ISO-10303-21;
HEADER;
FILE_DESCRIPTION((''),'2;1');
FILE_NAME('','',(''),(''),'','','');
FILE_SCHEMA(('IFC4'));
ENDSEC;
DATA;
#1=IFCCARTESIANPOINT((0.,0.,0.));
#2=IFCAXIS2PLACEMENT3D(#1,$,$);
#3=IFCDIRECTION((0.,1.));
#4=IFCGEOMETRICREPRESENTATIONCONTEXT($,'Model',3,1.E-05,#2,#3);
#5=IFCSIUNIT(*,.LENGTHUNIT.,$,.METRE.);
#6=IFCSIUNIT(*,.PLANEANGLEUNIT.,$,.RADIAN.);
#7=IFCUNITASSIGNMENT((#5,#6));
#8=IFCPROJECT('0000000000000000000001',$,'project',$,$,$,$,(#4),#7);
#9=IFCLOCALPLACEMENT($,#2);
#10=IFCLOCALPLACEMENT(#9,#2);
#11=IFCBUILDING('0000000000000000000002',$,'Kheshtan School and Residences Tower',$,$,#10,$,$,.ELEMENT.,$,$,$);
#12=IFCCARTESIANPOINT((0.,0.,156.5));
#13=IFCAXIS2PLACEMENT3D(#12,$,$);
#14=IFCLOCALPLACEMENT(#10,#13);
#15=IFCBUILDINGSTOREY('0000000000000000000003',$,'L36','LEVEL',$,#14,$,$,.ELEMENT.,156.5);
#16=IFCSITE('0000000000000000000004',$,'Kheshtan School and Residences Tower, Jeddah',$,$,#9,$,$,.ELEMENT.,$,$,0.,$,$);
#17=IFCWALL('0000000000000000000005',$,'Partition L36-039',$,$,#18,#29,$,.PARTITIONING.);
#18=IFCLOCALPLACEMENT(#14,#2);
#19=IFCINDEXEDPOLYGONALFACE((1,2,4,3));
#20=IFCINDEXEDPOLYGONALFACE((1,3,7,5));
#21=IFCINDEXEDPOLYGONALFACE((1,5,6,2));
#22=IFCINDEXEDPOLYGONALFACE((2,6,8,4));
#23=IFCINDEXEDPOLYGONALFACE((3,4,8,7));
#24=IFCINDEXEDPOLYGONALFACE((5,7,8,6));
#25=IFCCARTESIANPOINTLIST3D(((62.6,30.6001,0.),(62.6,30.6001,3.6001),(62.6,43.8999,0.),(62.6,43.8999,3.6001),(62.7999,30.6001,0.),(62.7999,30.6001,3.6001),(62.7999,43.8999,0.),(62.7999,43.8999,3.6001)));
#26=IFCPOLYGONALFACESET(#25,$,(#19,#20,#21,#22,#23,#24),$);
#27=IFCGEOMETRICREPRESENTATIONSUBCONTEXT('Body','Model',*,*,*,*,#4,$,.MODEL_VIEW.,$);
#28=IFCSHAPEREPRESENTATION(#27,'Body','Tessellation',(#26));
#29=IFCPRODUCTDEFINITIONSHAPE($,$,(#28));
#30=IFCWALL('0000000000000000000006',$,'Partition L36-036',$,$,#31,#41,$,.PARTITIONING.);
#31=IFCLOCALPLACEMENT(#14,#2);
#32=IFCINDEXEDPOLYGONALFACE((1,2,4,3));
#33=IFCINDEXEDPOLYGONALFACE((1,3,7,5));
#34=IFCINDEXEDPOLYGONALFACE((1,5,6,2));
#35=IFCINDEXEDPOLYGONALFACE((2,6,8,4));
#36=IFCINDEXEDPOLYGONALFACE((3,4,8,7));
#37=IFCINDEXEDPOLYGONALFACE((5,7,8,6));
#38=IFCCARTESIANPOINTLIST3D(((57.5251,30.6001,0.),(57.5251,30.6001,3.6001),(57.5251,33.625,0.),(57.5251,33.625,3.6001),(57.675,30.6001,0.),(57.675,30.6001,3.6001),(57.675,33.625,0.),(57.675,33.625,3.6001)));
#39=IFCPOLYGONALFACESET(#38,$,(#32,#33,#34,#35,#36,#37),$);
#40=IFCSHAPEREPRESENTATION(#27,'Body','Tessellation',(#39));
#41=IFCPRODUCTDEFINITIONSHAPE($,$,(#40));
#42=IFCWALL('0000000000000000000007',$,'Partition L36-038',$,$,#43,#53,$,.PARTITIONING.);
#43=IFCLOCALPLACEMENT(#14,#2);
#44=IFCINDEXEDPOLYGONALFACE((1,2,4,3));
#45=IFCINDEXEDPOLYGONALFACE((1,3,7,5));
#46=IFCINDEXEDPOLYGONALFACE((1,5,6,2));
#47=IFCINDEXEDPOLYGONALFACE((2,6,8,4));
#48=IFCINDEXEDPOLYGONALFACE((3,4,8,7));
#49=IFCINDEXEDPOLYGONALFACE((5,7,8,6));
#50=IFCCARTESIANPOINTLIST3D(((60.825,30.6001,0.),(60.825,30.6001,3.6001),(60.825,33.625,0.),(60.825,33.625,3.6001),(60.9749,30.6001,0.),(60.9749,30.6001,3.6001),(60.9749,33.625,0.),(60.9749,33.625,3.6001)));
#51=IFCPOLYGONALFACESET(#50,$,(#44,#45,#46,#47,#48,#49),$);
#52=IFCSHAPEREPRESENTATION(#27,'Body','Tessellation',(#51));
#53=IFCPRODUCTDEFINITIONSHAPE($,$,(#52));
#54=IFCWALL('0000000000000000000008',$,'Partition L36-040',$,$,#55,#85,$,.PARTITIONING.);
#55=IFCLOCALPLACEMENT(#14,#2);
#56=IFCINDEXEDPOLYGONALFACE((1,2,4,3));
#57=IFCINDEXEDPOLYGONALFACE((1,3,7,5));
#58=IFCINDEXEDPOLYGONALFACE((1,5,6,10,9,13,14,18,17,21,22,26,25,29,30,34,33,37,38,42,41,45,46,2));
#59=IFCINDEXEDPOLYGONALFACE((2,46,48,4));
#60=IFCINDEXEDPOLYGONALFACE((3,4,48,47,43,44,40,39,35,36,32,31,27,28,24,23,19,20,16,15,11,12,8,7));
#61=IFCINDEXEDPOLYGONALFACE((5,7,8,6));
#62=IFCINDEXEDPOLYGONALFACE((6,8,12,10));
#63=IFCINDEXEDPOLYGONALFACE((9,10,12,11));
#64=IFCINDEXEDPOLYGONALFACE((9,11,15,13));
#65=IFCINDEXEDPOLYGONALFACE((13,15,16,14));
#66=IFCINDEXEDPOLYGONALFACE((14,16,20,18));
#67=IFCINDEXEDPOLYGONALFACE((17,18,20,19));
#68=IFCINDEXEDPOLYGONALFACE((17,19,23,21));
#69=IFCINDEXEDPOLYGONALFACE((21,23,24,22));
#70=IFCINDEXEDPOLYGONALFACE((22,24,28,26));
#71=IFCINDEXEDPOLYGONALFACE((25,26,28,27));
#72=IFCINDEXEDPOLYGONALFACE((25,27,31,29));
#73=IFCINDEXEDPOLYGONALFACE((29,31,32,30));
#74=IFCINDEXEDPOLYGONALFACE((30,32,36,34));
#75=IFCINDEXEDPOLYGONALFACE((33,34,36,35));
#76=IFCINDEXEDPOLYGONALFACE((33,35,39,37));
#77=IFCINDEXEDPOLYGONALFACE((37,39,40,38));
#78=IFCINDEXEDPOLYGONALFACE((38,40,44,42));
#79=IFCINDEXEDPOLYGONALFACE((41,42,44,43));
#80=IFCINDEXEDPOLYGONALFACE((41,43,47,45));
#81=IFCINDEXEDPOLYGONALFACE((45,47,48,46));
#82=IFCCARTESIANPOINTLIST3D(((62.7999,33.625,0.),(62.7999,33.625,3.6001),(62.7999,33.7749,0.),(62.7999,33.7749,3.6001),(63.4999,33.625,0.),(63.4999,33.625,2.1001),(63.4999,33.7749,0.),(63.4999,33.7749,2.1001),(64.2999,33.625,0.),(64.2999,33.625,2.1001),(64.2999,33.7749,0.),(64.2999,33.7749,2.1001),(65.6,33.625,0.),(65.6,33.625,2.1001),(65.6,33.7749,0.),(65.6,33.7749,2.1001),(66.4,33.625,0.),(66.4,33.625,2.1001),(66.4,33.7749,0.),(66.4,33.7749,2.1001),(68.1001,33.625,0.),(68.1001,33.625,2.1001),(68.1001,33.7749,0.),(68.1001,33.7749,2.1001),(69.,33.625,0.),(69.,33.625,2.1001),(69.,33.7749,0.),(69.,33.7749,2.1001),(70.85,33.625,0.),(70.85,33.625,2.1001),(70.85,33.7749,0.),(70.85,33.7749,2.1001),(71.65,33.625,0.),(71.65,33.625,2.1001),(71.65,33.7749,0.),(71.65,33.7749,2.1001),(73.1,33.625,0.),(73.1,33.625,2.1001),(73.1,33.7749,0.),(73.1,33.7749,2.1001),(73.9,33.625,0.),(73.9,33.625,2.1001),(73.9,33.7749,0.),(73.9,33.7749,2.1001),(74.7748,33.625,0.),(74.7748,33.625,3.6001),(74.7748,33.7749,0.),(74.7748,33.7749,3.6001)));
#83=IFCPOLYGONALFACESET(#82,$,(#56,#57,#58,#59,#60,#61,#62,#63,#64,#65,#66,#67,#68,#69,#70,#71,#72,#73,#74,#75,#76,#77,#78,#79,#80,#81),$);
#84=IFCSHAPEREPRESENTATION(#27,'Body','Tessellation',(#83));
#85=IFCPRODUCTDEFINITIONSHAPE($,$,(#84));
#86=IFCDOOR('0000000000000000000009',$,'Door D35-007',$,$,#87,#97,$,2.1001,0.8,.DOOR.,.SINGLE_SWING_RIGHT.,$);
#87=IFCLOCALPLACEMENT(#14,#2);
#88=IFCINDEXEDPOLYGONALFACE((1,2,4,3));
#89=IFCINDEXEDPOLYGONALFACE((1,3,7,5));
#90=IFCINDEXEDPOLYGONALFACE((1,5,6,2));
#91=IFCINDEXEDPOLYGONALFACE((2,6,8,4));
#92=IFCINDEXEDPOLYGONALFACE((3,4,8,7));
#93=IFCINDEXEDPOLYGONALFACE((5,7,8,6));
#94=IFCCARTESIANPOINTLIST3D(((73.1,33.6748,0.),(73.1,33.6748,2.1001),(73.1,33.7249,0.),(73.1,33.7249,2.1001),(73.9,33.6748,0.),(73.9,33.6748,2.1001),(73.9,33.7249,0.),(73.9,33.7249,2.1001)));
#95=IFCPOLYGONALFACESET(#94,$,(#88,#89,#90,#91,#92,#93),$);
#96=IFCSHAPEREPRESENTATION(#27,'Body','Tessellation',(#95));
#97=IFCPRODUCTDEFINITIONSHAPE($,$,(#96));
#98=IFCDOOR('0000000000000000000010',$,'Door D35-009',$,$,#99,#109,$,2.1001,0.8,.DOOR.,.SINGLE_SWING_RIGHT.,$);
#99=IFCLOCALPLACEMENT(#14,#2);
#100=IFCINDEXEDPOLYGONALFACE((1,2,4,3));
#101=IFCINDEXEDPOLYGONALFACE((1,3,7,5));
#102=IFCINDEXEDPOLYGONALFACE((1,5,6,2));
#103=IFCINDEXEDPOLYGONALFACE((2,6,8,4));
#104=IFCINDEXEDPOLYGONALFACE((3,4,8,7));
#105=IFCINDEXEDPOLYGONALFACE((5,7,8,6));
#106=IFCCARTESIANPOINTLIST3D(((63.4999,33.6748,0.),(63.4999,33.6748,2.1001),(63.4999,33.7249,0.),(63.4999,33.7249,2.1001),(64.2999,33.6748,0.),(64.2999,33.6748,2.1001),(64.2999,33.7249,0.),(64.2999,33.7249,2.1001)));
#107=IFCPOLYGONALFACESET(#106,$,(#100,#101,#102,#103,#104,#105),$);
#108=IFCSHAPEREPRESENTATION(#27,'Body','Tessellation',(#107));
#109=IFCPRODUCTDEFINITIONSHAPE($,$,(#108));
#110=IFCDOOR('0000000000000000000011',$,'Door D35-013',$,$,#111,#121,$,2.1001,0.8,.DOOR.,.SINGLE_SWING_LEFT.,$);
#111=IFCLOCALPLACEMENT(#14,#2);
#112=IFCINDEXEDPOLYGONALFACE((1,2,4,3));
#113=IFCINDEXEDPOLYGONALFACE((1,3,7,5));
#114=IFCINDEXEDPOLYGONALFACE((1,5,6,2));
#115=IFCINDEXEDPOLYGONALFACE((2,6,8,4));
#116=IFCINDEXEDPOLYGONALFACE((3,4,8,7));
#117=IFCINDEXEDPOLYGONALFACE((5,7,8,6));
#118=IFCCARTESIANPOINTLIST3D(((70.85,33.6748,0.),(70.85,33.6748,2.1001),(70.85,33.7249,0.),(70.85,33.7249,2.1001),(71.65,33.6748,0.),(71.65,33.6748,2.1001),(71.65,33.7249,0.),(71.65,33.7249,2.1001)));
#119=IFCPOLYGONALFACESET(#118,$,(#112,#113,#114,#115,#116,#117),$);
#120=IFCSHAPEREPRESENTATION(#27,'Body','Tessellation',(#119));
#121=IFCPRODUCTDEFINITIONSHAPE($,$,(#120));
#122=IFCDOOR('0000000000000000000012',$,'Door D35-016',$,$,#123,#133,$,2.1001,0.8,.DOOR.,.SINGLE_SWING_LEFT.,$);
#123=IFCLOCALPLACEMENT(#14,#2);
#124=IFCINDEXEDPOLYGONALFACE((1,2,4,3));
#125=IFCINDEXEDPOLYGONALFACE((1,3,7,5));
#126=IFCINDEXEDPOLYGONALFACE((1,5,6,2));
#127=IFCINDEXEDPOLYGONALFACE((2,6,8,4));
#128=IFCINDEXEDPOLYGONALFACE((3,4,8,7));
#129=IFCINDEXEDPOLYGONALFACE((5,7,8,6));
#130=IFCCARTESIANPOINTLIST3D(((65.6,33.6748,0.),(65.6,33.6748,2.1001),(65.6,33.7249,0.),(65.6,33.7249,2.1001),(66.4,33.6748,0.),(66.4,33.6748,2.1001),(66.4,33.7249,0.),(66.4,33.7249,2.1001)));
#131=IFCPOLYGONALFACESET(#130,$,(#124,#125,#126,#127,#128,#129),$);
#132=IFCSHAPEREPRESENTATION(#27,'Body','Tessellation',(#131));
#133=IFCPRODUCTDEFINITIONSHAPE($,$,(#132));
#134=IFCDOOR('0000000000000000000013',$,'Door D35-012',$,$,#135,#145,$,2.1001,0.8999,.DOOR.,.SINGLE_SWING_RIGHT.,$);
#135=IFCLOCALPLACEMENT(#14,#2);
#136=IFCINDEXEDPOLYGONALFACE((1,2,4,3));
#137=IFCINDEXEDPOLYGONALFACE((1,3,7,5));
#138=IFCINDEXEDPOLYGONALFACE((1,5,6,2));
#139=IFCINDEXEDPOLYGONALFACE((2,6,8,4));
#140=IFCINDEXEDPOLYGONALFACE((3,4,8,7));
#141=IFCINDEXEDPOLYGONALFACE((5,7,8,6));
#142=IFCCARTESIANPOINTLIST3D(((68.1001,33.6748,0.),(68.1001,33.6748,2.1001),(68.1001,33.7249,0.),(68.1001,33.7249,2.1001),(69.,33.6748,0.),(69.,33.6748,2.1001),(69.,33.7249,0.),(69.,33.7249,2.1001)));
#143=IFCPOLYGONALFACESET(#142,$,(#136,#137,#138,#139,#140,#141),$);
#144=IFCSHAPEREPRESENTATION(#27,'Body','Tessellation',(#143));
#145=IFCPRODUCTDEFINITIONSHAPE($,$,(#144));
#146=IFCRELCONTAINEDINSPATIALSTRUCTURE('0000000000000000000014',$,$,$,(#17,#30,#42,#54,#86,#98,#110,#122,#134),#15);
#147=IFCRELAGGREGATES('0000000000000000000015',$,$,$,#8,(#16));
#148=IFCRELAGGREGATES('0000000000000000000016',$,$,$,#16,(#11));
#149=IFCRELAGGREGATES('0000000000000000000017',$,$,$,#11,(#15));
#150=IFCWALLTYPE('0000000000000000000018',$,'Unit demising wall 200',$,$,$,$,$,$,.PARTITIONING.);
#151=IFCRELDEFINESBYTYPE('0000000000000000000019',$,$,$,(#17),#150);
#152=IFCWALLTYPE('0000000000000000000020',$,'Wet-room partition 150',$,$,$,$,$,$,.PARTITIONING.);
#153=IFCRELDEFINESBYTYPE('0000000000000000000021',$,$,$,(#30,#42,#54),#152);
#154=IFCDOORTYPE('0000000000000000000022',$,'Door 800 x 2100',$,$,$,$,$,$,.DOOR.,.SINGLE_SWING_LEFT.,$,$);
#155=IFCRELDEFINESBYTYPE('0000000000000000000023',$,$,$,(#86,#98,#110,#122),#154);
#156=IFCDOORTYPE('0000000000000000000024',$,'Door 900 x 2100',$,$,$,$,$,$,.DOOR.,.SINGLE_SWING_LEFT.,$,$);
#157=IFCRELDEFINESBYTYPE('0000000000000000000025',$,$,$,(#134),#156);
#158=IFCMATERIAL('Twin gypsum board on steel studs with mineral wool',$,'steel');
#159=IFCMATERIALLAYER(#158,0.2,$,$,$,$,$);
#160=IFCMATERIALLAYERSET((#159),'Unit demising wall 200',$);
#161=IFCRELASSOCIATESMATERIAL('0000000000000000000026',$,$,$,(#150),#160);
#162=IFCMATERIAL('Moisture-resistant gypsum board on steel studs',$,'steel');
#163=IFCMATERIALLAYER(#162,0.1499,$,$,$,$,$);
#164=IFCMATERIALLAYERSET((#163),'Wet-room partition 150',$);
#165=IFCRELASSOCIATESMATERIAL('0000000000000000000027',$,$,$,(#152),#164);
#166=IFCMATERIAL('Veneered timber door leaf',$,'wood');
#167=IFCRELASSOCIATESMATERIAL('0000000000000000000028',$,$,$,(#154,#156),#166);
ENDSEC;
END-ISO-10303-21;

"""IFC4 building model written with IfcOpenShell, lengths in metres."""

from ifc_helpers import new_model, si_unit, direction, frame, frame_2d, origin, place, context, subcontext, project, spatial, rectangle, extrude, source, transform, mapped, material, layer, layer_set, type_object, element, fill, save


model = new_model("IFC4")

# Units and contexts
model_context = context("Model", 3, precision=1e-05, world=origin(), true_north=direction((0.0, 1.0)))
body_context = subcontext(model_context, "Body", "Model", "MODEL_VIEW")
ifc_project = project(units=[si_unit("LENGTHUNIT", "METRE"), si_unit("PLANEANGLEUNIT", "RADIAN")], contexts=[model_context])

# Site, building, storey
site_placement = place(None, origin())
site = spatial("IfcSite", under=ifc_project, at=site_placement, Name="Kheshtan School and Residences Tower, Jeddah", CompositionType="ELEMENT", RefElevation=0.0)
building_placement = place(site_placement, origin())
building = spatial("IfcBuilding", under=site, at=building_placement, Name="Kheshtan School and Residences Tower", CompositionType="ELEMENT")
storey_placement = place(building_placement, frame((0.0, 0.0, 156.5)))
storey = spatial("IfcBuildingStorey", under=building, at=storey_placement, Name="L36", Description="LEVEL", CompositionType="ELEMENT", Elevation=156.5)

# Walls
ifc_material_1 = material(Name="Twin gypsum board on steel studs with mineral wool", Category="steel")
ifc_layer_1 = layer(ifc_material_1, 0.2)
ifc_layer_set_1 = layer_set([ifc_layer_1], Name="Unit demising wall 200")
wall_type_1 = type_object("IfcWallType", Name="Unit demising wall 200", PredefinedType="PARTITIONING", material=ifc_layer_set_1)
wall_1_placement = place(storey_placement, frame((62.7, 30.6001, 0.0), z_axis=(0.0, 0.0, 1.0), x_axis=(0.0, 1.0, 0.0)))
element("IfcWall", 1, at=wall_1_placement, inside=storey, type_object=wall_type_1, Name="Partition L36-039", PredefinedType="PARTITIONING", context=body_context, shape_type="SweptSolid", body=[
    extrude(rectangle(XDim=13.2998, YDim=0.2, at=frame_2d((6.6499, 0.0))), origin(), (0.0, 0.0, 1.0), 3.6001),
])
ifc_material_2 = material(Name="Moisture-resistant gypsum board on steel studs", Category="steel")
ifc_layer_2 = layer(ifc_material_2, 0.1499)
ifc_layer_set_2 = layer_set([ifc_layer_2], Name="Wet-room partition 150")
wall_type_2 = type_object("IfcWallType", Name="Wet-room partition 150", PredefinedType="PARTITIONING", material=ifc_layer_set_2)
for number, where, z_axis, x_axis, name in (
    (2, (57.6001, 30.6001, 0.0), (0.0, 0.0, 1.0), (0.0, 1.0, 0.0), "Partition L36-036"),
    (3, (60.8999, 30.6001, 0.0), (0.0, 0.0, 1.0), (0.0, 1.0, 0.0), "Partition L36-038"),
):
    element("IfcWall", number, at=place(storey_placement, frame(where, z_axis=z_axis, x_axis=x_axis)), inside=storey, type_object=wall_type_2, Name=name, PredefinedType="PARTITIONING", context=body_context, shape_type="SweptSolid", body=[
        extrude(rectangle(XDim=3.0249, YDim=0.1499, at=frame_2d((1.5125, 0.0))), origin(), (0.0, 0.0, 1.0), 3.6001),
    ])

# Wall, openings, doors
wall_2_placement = place(storey_placement, frame((62.8, 33.7, 0.0), z_axis=(0.0, 0.0, 1.0), x_axis=(1.0, 0.0, 0.0)))
wall_2 = element("IfcWall", 4, at=wall_2_placement, inside=storey, type_object=wall_type_2, Name="Partition L36-040", PredefinedType="PARTITIONING", context=body_context, shape_type="SweptSolid", body=[
    extrude(rectangle(XDim=11.9749, YDim=0.1499, at=frame_2d((5.9873, 0.0))), origin(), (0.0, 0.0, 1.0), 3.6001),
])
opening_1_placement = place(wall_2_placement, frame((10.3, 0.0, 0.0)))
opening_1 = element("IfcOpeningElement", 5, at=opening_1_placement, cuts=wall_2, PredefinedType="OPENING", context=body_context, shape_type="SweptSolid", body=[
    extrude(rectangle(XDim=0.8, YDim=2.1001, at=frame_2d((0.3999, 1.05))), frame((0.0, 0.085, 0.0), z_axis=(0.0, -1.0, 0.0), x_axis=(1.0, 0.0, 0.0)), (0.0, 0.0, 1.0), 0.1699),
])
opening_2_placement = place(wall_2_placement, frame((0.7, 0.0, 0.0)))
opening_2 = element("IfcOpeningElement", 6, at=opening_2_placement, cuts=wall_2, PredefinedType="OPENING", context=body_context, shape_type="SweptSolid", body=[
    extrude(rectangle(XDim=0.8, YDim=2.1001, at=frame_2d((0.3999, 1.05))), frame((0.0, 0.085, 0.0), z_axis=(0.0, -1.0, 0.0), x_axis=(1.0, 0.0, 0.0)), (0.0, 0.0, 1.0), 0.1699),
])
opening_3_placement = place(wall_2_placement, frame((5.3, 0.0, 0.0)))
opening_3 = element("IfcOpeningElement", 7, at=opening_3_placement, cuts=wall_2, PredefinedType="OPENING", context=body_context, shape_type="SweptSolid", body=[
    extrude(rectangle(XDim=0.8999, YDim=2.1001, at=frame_2d((0.45, 1.05))), frame((0.0, 0.085, 0.0), z_axis=(0.0, -1.0, 0.0), x_axis=(1.0, 0.0, 0.0)), (0.0, 0.0, 1.0), 0.1699),
])
opening_4_placement = place(wall_2_placement, frame((8.05, 0.0, 0.0)))
opening_4 = element("IfcOpeningElement", 8, at=opening_4_placement, cuts=wall_2, PredefinedType="OPENING", context=body_context, shape_type="SweptSolid", body=[
    extrude(rectangle(XDim=0.8, YDim=2.1001, at=frame_2d((0.3999, 1.05))), frame((0.0, 0.085, 0.0), z_axis=(0.0, -1.0, 0.0), x_axis=(1.0, 0.0, 0.0)), (0.0, 0.0, 1.0), 0.1699),
])
opening_5_placement = place(wall_2_placement, frame((2.8, 0.0, 0.0)))
opening_5 = element("IfcOpeningElement", 9, at=opening_5_placement, cuts=wall_2, PredefinedType="OPENING", context=body_context, shape_type="SweptSolid", body=[
    extrude(rectangle(XDim=0.8, YDim=2.1001, at=frame_2d((0.3999, 1.05))), frame((0.0, 0.085, 0.0), z_axis=(0.0, -1.0, 0.0), x_axis=(1.0, 0.0, 0.0)), (0.0, 0.0, 1.0), 0.1699),
])
ifc_material_3 = material(Name="Veneered timber door leaf", Category="wood")
door_type_1 = type_object("IfcDoorType", Name="Door 800 x 2100", OperationType="SINGLE_SWING_LEFT", PredefinedType="DOOR", material=ifc_material_3)
shared_shape_1 = source(origin(), body_context, "Body", "SweptSolid", [
    extrude(rectangle(XDim=0.8, YDim=2.1001, at=frame_2d((0.3999, 1.05))), frame((0.0, 0.0249, 0.0), z_axis=(0.0, -1.0, 0.0), x_axis=(1.0, 0.0, 0.0)), (0.0, 0.0, 1.0), 0.05),
])
door_1_placement = place(opening_1_placement, origin())
door_1 = element("IfcDoor", 10, at=door_1_placement, inside=storey, type_object=door_type_1, Name="Door D35-007", OperationType="SINGLE_SWING_RIGHT", OverallHeight=2.1001, OverallWidth=0.8, PredefinedType="DOOR", context=body_context, shape_type="MappedRepresentation", body=[
    mapped(shared_shape_1, transform((0.0, 0.0, 0.0), x_axis=(1.0, 0.0, 0.0), y_axis=(0.0, 1.0, 0.0), z_axis=(0.0, 0.0, 1.0), scale=1.0)),
])
fill(opening_1, door_1)
door_2_placement = place(opening_2_placement, origin())
door_2 = element("IfcDoor", 11, at=door_2_placement, inside=storey, type_object=door_type_1, Name="Door D35-009", OperationType="SINGLE_SWING_RIGHT", OverallHeight=2.1001, OverallWidth=0.8, PredefinedType="DOOR", context=body_context, shape_type="MappedRepresentation", body=[
    mapped(shared_shape_1, transform((0.0, 0.0, 0.0), x_axis=(1.0, 0.0, 0.0), y_axis=(0.0, 1.0, 0.0), z_axis=(0.0, 0.0, 1.0), scale=1.0)),
])
fill(opening_2, door_2)
door_3_placement = place(opening_4_placement, origin())
door_3 = element("IfcDoor", 12, at=door_3_placement, inside=storey, type_object=door_type_1, Name="Door D35-013", OperationType="SINGLE_SWING_LEFT", OverallHeight=2.1001, OverallWidth=0.8, PredefinedType="DOOR", context=body_context, shape_type="MappedRepresentation", body=[
    mapped(shared_shape_1, transform((0.0, 0.0, 0.0), x_axis=(1.0, 0.0, 0.0), y_axis=(0.0, 1.0, 0.0), z_axis=(0.0, 0.0, 1.0), scale=1.0)),
])
fill(opening_4, door_3)
door_4_placement = place(opening_5_placement, origin())
door_4 = element("IfcDoor", 13, at=door_4_placement, inside=storey, type_object=door_type_1, Name="Door D35-016", OperationType="SINGLE_SWING_LEFT", OverallHeight=2.1001, OverallWidth=0.8, PredefinedType="DOOR", context=body_context, shape_type="MappedRepresentation", body=[
    mapped(shared_shape_1, transform((0.0, 0.0, 0.0), x_axis=(1.0, 0.0, 0.0), y_axis=(0.0, 1.0, 0.0), z_axis=(0.0, 0.0, 1.0), scale=1.0)),
])
fill(opening_5, door_4)
door_type_2 = type_object("IfcDoorType", Name="Door 900 x 2100", OperationType="SINGLE_SWING_LEFT", PredefinedType="DOOR", material=ifc_material_3)
shared_shape_2 = source(origin(), body_context, "Body", "SweptSolid", [
    extrude(rectangle(XDim=0.8999, YDim=2.1001, at=frame_2d((0.45, 1.05))), frame((0.0, 0.0249, 0.0), z_axis=(0.0, -1.0, 0.0), x_axis=(1.0, 0.0, 0.0)), (0.0, 0.0, 1.0), 0.05),
])
door_5_placement = place(opening_3_placement, origin())
door_5 = element("IfcDoor", 14, at=door_5_placement, inside=storey, type_object=door_type_2, Name="Door D35-012", OperationType="SINGLE_SWING_RIGHT", OverallHeight=2.1001, OverallWidth=0.8999, PredefinedType="DOOR", context=body_context, shape_type="MappedRepresentation", body=[
    mapped(shared_shape_2, transform((0.0, 0.0, 0.0), x_axis=(1.0, 0.0, 0.0), y_axis=(0.0, 1.0, 0.0), z_axis=(0.0, 0.0, 1.0), scale=1.0)),
])
fill(opening_3, door_5)

save(model, "model.ifc")
